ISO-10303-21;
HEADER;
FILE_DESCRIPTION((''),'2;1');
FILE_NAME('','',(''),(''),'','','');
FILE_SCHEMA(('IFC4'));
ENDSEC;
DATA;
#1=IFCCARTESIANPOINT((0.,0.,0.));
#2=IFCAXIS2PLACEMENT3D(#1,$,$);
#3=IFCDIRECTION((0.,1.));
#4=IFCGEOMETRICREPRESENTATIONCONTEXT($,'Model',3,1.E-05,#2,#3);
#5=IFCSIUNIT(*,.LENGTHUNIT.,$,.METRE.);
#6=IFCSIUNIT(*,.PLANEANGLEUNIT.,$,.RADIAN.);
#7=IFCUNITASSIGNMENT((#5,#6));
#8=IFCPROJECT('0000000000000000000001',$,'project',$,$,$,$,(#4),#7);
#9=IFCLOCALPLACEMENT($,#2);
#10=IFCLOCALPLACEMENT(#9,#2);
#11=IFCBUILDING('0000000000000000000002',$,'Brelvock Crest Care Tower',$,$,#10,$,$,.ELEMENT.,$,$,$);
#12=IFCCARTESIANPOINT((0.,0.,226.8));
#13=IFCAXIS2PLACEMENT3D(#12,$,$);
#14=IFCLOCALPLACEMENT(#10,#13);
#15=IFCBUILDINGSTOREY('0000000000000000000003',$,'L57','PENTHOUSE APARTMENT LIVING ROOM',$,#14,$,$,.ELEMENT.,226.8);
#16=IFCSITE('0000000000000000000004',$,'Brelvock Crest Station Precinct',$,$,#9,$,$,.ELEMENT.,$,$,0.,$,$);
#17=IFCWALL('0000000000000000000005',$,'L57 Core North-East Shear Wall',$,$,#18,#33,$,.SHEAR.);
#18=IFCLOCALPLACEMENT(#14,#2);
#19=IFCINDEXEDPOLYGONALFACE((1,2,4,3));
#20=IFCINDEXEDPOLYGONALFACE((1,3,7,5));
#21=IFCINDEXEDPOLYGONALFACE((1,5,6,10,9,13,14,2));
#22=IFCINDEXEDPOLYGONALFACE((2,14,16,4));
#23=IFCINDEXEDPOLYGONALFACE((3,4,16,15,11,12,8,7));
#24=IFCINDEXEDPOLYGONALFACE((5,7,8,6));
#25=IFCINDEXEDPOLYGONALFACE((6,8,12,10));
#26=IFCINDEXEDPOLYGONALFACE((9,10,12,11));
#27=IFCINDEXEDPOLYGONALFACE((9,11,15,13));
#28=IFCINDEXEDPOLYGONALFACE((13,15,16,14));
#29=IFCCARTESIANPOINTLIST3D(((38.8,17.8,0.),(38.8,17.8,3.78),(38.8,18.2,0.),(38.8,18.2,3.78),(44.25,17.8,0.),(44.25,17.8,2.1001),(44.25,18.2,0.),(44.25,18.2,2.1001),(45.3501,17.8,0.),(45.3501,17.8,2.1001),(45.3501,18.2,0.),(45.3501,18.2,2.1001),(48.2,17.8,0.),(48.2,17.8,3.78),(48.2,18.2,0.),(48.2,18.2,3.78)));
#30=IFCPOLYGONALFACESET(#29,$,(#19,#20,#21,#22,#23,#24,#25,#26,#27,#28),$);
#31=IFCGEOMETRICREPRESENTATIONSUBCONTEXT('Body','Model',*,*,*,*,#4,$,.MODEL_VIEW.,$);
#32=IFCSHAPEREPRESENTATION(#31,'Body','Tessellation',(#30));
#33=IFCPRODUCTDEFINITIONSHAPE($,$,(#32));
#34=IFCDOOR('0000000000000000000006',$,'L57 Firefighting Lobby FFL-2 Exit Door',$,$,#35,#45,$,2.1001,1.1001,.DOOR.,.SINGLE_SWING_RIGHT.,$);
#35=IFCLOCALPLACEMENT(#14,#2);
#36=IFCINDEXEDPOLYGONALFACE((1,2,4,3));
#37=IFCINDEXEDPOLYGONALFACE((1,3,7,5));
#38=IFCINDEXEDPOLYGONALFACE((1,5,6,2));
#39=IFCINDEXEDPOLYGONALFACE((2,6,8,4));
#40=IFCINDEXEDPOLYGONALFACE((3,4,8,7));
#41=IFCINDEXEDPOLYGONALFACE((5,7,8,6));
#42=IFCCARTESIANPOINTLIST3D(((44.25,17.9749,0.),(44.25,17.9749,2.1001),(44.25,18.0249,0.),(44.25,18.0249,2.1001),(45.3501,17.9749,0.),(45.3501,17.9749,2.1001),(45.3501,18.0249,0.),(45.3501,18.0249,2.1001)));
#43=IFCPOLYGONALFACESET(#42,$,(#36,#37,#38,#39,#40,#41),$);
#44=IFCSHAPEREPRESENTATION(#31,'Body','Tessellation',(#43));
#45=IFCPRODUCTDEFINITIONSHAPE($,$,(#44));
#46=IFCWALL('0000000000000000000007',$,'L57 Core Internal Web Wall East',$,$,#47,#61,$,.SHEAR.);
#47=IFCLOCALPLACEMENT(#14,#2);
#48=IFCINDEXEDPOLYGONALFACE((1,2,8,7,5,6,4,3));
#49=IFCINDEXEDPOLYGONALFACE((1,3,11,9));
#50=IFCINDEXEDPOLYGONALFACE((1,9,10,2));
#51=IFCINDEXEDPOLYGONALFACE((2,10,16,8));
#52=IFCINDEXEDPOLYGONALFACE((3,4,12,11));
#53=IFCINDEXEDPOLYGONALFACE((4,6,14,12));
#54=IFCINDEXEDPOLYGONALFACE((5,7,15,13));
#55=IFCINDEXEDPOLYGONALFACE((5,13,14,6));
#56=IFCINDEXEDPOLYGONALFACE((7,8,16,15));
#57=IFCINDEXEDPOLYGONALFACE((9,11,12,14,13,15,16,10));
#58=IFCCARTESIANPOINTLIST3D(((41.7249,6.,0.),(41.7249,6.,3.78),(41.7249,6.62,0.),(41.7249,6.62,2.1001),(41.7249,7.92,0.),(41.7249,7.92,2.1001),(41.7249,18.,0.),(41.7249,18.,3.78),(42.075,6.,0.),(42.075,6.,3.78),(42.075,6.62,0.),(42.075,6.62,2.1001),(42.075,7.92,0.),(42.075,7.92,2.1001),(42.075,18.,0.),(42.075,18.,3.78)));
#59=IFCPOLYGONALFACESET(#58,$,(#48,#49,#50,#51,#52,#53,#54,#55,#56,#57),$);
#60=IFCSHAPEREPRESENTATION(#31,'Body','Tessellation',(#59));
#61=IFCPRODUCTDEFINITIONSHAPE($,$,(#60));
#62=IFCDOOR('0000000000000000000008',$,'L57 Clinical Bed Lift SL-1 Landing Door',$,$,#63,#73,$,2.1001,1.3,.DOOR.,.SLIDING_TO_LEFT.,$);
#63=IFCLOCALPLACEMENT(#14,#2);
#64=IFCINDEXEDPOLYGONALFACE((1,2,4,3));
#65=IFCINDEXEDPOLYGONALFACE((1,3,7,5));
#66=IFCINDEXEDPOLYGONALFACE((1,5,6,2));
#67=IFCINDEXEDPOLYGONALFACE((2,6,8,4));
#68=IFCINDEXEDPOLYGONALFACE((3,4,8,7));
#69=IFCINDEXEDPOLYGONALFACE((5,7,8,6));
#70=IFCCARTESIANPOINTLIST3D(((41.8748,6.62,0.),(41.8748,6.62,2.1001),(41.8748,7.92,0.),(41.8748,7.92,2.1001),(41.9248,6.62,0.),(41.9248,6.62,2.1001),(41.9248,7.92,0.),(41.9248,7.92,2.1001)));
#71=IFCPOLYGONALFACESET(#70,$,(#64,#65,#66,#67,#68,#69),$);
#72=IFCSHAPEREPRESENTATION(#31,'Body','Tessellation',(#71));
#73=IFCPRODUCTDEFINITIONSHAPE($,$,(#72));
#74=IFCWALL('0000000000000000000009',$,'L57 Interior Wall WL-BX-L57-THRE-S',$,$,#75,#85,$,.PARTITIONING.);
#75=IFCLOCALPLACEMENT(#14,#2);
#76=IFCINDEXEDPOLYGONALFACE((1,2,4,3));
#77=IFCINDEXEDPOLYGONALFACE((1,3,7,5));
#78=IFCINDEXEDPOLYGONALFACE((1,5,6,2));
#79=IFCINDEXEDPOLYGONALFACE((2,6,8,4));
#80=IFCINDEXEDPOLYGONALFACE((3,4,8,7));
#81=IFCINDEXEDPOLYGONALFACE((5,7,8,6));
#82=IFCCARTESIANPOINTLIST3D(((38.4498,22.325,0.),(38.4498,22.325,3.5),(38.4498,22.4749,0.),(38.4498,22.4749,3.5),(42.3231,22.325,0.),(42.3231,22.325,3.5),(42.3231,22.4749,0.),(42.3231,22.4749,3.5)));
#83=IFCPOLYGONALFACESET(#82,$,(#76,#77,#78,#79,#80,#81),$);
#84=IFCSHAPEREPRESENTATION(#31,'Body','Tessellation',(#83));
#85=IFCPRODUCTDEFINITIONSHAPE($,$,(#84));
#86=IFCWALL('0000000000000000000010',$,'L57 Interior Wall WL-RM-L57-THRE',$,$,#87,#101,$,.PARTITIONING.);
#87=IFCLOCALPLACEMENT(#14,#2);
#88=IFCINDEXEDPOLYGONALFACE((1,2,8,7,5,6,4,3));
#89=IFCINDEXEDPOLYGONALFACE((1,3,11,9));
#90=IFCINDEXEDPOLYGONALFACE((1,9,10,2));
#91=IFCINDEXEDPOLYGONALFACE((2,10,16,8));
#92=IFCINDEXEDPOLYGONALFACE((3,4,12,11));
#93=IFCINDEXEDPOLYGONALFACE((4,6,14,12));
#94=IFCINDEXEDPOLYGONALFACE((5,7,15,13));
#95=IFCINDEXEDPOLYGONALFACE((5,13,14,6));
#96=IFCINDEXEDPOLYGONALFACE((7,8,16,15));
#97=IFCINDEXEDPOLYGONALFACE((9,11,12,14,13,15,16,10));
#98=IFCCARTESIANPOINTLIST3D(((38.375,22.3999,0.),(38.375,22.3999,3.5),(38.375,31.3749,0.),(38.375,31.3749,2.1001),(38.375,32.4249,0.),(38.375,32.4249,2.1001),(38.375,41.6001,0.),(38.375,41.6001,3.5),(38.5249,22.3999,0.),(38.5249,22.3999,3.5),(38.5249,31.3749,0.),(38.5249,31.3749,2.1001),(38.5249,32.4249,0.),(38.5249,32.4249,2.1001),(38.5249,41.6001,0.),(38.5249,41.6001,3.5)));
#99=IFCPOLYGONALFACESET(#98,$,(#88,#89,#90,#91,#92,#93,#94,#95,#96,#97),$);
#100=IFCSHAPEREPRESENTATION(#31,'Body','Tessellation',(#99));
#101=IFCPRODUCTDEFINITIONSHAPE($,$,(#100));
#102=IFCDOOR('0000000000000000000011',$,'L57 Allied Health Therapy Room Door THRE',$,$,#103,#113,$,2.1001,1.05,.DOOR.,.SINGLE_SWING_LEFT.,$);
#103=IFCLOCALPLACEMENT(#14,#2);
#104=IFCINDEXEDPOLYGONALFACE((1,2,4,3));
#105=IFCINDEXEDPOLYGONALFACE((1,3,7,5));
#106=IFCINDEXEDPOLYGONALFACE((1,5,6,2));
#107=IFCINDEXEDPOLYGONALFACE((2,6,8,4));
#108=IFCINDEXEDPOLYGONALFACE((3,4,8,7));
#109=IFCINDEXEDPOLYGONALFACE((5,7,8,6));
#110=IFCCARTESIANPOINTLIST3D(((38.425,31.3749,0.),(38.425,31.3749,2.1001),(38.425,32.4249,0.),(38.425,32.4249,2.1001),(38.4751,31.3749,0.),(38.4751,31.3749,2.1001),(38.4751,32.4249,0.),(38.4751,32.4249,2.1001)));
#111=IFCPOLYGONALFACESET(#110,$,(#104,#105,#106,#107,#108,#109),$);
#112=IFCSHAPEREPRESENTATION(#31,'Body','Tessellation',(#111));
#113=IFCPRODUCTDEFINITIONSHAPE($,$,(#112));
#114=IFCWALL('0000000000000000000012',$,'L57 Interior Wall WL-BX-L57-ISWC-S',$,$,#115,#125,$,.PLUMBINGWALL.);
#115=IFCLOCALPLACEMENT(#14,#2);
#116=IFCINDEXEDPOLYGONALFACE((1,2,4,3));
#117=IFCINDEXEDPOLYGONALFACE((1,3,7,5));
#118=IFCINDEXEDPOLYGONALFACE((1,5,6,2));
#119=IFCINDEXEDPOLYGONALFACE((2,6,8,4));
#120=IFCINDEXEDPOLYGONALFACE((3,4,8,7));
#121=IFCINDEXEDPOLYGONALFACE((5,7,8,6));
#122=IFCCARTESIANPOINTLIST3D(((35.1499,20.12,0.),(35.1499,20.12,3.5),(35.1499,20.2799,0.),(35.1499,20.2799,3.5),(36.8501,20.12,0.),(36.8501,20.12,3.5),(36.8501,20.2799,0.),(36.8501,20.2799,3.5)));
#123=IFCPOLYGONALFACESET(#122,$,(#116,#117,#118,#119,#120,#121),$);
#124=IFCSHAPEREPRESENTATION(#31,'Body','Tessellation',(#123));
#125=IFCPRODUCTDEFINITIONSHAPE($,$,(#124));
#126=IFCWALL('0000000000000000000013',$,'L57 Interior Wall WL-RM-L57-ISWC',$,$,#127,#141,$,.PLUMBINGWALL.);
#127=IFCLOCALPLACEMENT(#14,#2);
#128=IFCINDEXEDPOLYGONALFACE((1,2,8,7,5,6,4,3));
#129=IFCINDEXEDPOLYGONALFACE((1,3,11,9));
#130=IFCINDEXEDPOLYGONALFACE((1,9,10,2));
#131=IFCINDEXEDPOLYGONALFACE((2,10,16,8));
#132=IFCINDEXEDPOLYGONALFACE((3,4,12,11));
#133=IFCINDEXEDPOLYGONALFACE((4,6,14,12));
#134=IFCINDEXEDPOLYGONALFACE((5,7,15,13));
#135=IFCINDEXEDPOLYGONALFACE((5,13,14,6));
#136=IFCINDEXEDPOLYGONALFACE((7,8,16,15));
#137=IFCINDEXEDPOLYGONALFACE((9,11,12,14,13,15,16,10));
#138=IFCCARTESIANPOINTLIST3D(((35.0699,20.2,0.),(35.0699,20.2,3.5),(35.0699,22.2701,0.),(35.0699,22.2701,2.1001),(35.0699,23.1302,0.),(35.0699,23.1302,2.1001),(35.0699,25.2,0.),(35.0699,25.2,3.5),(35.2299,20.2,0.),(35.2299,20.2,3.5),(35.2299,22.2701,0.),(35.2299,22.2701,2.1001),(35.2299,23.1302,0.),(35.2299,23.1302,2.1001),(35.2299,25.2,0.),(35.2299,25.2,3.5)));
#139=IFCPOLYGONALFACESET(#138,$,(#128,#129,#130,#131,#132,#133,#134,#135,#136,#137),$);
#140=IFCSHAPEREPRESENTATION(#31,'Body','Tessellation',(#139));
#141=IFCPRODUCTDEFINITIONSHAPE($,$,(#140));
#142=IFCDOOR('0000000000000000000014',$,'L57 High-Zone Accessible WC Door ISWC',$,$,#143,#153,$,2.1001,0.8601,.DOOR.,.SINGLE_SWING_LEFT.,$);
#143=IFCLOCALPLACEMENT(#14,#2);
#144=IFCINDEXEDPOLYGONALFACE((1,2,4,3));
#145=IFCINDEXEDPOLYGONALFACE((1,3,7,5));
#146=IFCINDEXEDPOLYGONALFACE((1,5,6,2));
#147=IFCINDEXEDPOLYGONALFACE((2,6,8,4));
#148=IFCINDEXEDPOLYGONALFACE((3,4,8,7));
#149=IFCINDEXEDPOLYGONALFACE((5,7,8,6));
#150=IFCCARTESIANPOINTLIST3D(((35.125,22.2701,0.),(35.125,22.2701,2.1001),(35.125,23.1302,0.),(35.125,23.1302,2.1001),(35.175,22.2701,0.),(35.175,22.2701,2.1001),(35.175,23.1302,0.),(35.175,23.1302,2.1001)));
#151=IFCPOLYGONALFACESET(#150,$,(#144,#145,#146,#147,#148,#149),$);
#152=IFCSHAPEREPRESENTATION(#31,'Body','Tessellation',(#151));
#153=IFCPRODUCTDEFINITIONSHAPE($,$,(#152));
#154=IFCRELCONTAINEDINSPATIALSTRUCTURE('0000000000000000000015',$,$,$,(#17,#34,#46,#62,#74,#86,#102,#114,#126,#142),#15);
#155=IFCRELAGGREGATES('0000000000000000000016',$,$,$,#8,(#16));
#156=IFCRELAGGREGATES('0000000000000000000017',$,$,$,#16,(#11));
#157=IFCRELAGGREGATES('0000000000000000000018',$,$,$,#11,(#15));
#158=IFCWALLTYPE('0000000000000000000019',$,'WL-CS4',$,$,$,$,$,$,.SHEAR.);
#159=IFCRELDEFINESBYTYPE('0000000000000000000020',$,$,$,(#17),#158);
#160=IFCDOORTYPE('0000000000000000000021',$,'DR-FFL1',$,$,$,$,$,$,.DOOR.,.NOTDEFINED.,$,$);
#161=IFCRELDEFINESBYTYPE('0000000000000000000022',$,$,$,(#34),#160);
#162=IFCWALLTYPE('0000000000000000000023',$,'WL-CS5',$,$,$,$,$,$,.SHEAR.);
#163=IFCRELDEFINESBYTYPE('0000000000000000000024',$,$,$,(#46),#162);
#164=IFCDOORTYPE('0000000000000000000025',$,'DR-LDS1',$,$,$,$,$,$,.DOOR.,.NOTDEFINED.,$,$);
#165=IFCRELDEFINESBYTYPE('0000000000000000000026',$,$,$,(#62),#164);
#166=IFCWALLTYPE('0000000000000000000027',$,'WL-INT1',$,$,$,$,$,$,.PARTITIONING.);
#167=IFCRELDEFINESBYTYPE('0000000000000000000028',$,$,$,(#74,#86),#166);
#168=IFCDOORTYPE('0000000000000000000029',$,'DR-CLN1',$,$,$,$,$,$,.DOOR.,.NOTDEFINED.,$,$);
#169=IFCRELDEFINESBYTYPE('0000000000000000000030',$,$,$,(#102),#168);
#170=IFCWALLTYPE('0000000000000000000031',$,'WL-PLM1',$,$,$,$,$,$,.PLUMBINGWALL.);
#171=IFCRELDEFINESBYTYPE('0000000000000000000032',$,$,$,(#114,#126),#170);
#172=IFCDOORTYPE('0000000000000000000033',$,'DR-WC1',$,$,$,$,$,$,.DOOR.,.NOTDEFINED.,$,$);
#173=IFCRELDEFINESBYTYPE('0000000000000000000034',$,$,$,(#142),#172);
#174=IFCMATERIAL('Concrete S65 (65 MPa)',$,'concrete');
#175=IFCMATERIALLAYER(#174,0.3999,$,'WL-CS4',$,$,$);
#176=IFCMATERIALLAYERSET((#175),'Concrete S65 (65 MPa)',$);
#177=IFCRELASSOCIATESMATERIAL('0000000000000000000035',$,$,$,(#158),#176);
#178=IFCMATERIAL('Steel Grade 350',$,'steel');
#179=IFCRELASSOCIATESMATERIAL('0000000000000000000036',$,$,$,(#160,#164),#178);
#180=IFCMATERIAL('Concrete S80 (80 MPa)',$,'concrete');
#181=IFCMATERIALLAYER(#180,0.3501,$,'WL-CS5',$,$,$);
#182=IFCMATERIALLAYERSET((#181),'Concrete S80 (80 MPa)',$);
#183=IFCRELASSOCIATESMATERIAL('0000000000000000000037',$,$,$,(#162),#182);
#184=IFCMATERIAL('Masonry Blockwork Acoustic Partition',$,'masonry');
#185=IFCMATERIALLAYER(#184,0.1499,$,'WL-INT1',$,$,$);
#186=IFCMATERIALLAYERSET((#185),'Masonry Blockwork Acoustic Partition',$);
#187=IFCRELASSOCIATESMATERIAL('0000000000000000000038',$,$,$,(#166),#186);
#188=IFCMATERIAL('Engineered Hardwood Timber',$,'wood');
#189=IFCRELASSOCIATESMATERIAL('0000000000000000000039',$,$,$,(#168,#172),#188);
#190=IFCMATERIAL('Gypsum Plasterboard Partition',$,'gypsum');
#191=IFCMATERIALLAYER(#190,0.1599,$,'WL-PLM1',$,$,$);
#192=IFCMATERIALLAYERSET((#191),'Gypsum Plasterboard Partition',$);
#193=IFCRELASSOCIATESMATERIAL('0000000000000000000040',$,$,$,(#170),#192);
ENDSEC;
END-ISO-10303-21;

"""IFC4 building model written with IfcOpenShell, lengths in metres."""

from ifc_helpers import new_model, si_unit, direction, frame, frame_2d, origin, origin_2d, place, context, subcontext, project, spatial, rectangle, extrude, source, transform, mapped, material, layer, layer_set, type_object, element, fill, save


model = new_model("IFC4")

# Units and contexts
model_context = context("Model", 3, precision=1e-05, world=origin(), true_north=direction((0.0, 1.0)))
body_context = subcontext(model_context, "Body", "Model", "MODEL_VIEW")
ifc_project = project(units=[si_unit("LENGTHUNIT", "METRE"), si_unit("PLANEANGLEUNIT", "RADIAN")], contexts=[model_context])

# Site, building, storey
site_placement = place(None, origin())
site = spatial("IfcSite", under=ifc_project, at=site_placement, Name="Brelvock Crest Station Precinct", CompositionType="ELEMENT", RefElevation=0.0)
building_placement = place(site_placement, origin())
building = spatial("IfcBuilding", under=site, at=building_placement, Name="Brelvock Crest Care Tower", CompositionType="ELEMENT")
storey_placement = place(building_placement, frame((0.0, 0.0, 226.8)))
storey = spatial("IfcBuildingStorey", under=building, at=storey_placement, Name="L57", Description="PENTHOUSE APARTMENT LIVING ROOM", CompositionType="ELEMENT", Elevation=226.8)

# Shared definitions
ifc_material_1 = material(Name="Concrete S65 (65 MPa)", Category="concrete")

# Shared definitions
ifc_material_2 = material(Name="Steel Grade 350", Category="steel")

# Walls, openings, doors
ifc_layer_1 = layer(ifc_material_1, 0.3999, Name="WL-CS4")
ifc_layer_set_1 = layer_set([ifc_layer_1], Name="Concrete S65 (65 MPa)")
wall_type_1 = type_object("IfcWallType", Name="WL-CS4", PredefinedType="SHEAR", material=ifc_layer_set_1)
wall_1_placement = place(storey_placement, frame((38.8, 18.0, 0.0), z_axis=(0.0, 0.0, 1.0), x_axis=(1.0, 0.0, 0.0)))
wall_1 = element("IfcWall", 1, at=wall_1_placement, inside=storey, type_object=wall_type_1, Name="L57 Core North-East Shear Wall", PredefinedType="SHEAR", context=body_context, shape_type="SweptSolid", body=[
    extrude(rectangle(XDim=9.3999, YDim=0.3999, at=frame_2d((4.7, 0.0))), origin(), (0.0, 0.0, 1.0), 3.78),
])
opening_1_placement = place(wall_1_placement, frame((5.45, 0.0, 0.0)))
opening_1 = element("IfcOpeningElement", 2, at=opening_1_placement, cuts=wall_1, PredefinedType="OPENING", context=body_context, shape_type="SweptSolid", body=[
    extrude(rectangle(XDim=1.1001, YDim=2.1001, at=origin_2d()), frame((0.55, 0.21, 1.05), z_axis=(0.0, -1.0, 0.0), x_axis=(1.0, 0.0, 0.0)), (0.0, 0.0, 1.0), 0.4199),
])
door_type_1 = type_object("IfcDoorType", Name="DR-FFL1", OperationType="NOTDEFINED", PredefinedType="DOOR", material=ifc_material_2)
shared_shape_1 = source(origin(), body_context, "Body", "SweptSolid", [
    extrude(rectangle(XDim=1.1001, YDim=2.1001, at=origin_2d()), frame((0.55, 0.0249, 1.05), z_axis=(0.0, -1.0, 0.0), x_axis=(1.0, 0.0, 0.0)), (0.0, 0.0, 1.0), 0.05),
])
door_1_placement = place(opening_1_placement, origin())
door_1 = element("IfcDoor", 3, at=door_1_placement, inside=storey, type_object=door_type_1, Name="L57 Firefighting Lobby FFL-2 Exit Door", OperationType="SINGLE_SWING_RIGHT", OverallHeight=2.1001, OverallWidth=1.1001, PredefinedType="DOOR", context=body_context, shape_type="MappedRepresentation", body=[
    mapped(shared_shape_1, transform((0.0, 0.0, 0.0), x_axis=(1.0, 0.0, 0.0), y_axis=(0.0, 1.0, 0.0), z_axis=(0.0, 0.0, 1.0), scale=1.0)),
])
fill(opening_1, door_1)
ifc_material_3 = material(Name="Concrete S80 (80 MPa)", Category="concrete")
ifc_layer_2 = layer(ifc_material_3, 0.3501, Name="WL-CS5")
ifc_layer_set_2 = layer_set([ifc_layer_2], Name="Concrete S80 (80 MPa)")
wall_type_2 = type_object("IfcWallType", Name="WL-CS5", PredefinedType="SHEAR", material=ifc_layer_set_2)
wall_2_placement = place(storey_placement, frame((41.8999, 18.0, 0.0), z_axis=(0.0, 0.0, 1.0), x_axis=(0.0, -1.0, 0.0)))
wall_2 = element("IfcWall", 4, at=wall_2_placement, inside=storey, type_object=wall_type_2, Name="L57 Core Internal Web Wall East", PredefinedType="SHEAR", context=body_context, shape_type="SweptSolid", body=[
    extrude(rectangle(XDim=12.0, YDim=0.3501, at=frame_2d((6.0, 0.0))), origin(), (0.0, 0.0, 1.0), 3.78),
])
opening_2_placement = place(wall_2_placement, frame((10.0801, 0.0, 0.0)))
opening_2 = element("IfcOpeningElement", 5, at=opening_2_placement, cuts=wall_2, PredefinedType="OPENING", context=body_context, shape_type="SweptSolid", body=[
    extrude(rectangle(XDim=1.3, YDim=2.1001, at=origin_2d()), frame((0.6499, 0.1851, 1.05), z_axis=(0.0, -1.0, 0.0), x_axis=(1.0, 0.0, 0.0)), (0.0, 0.0, 1.0), 0.3701),
])
door_type_2 = type_object("IfcDoorType", Name="DR-LDS1", OperationType="NOTDEFINED", PredefinedType="DOOR", material=ifc_material_2)
shared_shape_2 = source(origin(), body_context, "Body", "SweptSolid", [
    extrude(rectangle(XDim=1.3, YDim=2.1001, at=origin_2d()), frame((0.6499, 0.0249, 1.05), z_axis=(0.0, -1.0, 0.0), x_axis=(1.0, 0.0, 0.0)), (0.0, 0.0, 1.0), 0.05),
])
door_2_placement = place(opening_2_placement, origin())
door_2 = element("IfcDoor", 6, at=door_2_placement, inside=storey, type_object=door_type_2, Name="L57 Clinical Bed Lift SL-1 Landing Door", OperationType="SLIDING_TO_LEFT", OverallHeight=2.1001, OverallWidth=1.3, PredefinedType="DOOR", context=body_context, shape_type="MappedRepresentation", body=[
    mapped(shared_shape_2, transform((0.0, 0.0, 0.0), x_axis=(1.0, 0.0, 0.0), y_axis=(0.0, 1.0, 0.0), z_axis=(0.0, 0.0, 1.0), scale=1.0)),
])
fill(opening_2, door_2)

# Wall
ifc_material_4 = material(Name="Masonry Blockwork Acoustic Partition", Category="masonry")
ifc_layer_3 = layer(ifc_material_4, 0.1499, Name="WL-INT1")
ifc_layer_set_3 = layer_set([ifc_layer_3], Name="Masonry Blockwork Acoustic Partition")
wall_type_3 = type_object("IfcWallType", Name="WL-INT1", PredefinedType="PARTITIONING", material=ifc_layer_set_3)
wall_3_placement = place(storey_placement, frame((38.45, 22.3999, 0.0), z_axis=(0.0, 0.0, 1.0), x_axis=(1.0, 0.0, 0.0)))
element("IfcWall", 7, at=wall_3_placement, inside=storey, type_object=wall_type_3, Name="L57 Interior Wall WL-BX-L57-THRE-S", PredefinedType="PARTITIONING", context=body_context, shape_type="SweptSolid", body=[
    extrude(rectangle(XDim=3.8733, YDim=0.1499, at=frame_2d((1.9365, 0.0))), origin(), (0.0, 0.0, 1.0), 3.5),
])

# Wall, opening, door
wall_4_placement = place(storey_placement, frame((38.45, 22.3999, 0.0), z_axis=(0.0, 0.0, 1.0), x_axis=(0.0, 1.0, 0.0)))
wall_4 = element("IfcWall", 8, at=wall_4_placement, inside=storey, type_object=wall_type_3, Name="L57 Interior Wall WL-RM-L57-THRE", PredefinedType="PARTITIONING", context=body_context, shape_type="SweptSolid", body=[
    extrude(rectangle(XDim=19.2002, YDim=0.1499, at=frame_2d((9.6001, 0.0))), origin(), (0.0, 0.0, 1.0), 3.5),
])
opening_3_placement = place(wall_4_placement, frame((8.9751, 0.0, 0.0)))
opening_3 = element("IfcOpeningElement", 9, at=opening_3_placement, cuts=wall_4, PredefinedType="OPENING", context=body_context, shape_type="SweptSolid", body=[
    extrude(rectangle(XDim=1.05, YDim=2.1001, at=origin_2d()), frame((0.5249, 0.085, 1.05), z_axis=(0.0, -1.0, 0.0), x_axis=(1.0, 0.0, 0.0)), (0.0, 0.0, 1.0), 0.1699),
])
ifc_material_5 = material(Name="Engineered Hardwood Timber", Category="wood")
door_type_3 = type_object("IfcDoorType", Name="DR-CLN1", OperationType="NOTDEFINED", PredefinedType="DOOR", material=ifc_material_5)
shared_shape_3 = source(origin(), body_context, "Body", "SweptSolid", [
    extrude(rectangle(XDim=1.05, YDim=2.1001, at=origin_2d()), frame((0.5249, 0.0249, 1.05), z_axis=(0.0, -1.0, 0.0), x_axis=(1.0, 0.0, 0.0)), (0.0, 0.0, 1.0), 0.05),
])
door_3_placement = place(opening_3_placement, origin())
door_3 = element("IfcDoor", 10, at=door_3_placement, inside=storey, type_object=door_type_3, Name="L57 Allied Health Therapy Room Door THRE", OperationType="SINGLE_SWING_LEFT", OverallHeight=2.1001, OverallWidth=1.05, PredefinedType="DOOR", context=body_context, shape_type="MappedRepresentation", body=[
    mapped(shared_shape_3, transform((0.0, 0.0, 0.0), x_axis=(1.0, 0.0, 0.0), y_axis=(0.0, 1.0, 0.0), z_axis=(0.0, 0.0, 1.0), scale=1.0)),
])
fill(opening_3, door_3)

# Wall
ifc_material_6 = material(Name="Gypsum Plasterboard Partition", Category="gypsum")
ifc_layer_4 = layer(ifc_material_6, 0.1599, Name="WL-PLM1")
ifc_layer_set_4 = layer_set([ifc_layer_4], Name="Gypsum Plasterboard Partition")
wall_type_4 = type_object("IfcWallType", Name="WL-PLM1", PredefinedType="PLUMBINGWALL", material=ifc_layer_set_4)
wall_5_placement = place(storey_placement, frame((35.1499, 20.2, 0.0), z_axis=(0.0, 0.0, 1.0), x_axis=(1.0, 0.0, 0.0)))
element("IfcWall", 11, at=wall_5_placement, inside=storey, type_object=wall_type_4, Name="L57 Interior Wall WL-BX-L57-ISWC-S", PredefinedType="PLUMBINGWALL", context=body_context, shape_type="SweptSolid", body=[
    extrude(rectangle(XDim=1.7002, YDim=0.1599, at=frame_2d((0.8501, 0.0))), origin(), (0.0, 0.0, 1.0), 3.5),
])

# Wall, opening, door
wall_6_placement = place(storey_placement, frame((35.1499, 20.2, 0.0), z_axis=(0.0, 0.0, 1.0), x_axis=(0.0, 1.0, 0.0)))
wall_6 = element("IfcWall", 12, at=wall_6_placement, inside=storey, type_object=wall_type_4, Name="L57 Interior Wall WL-RM-L57-ISWC", PredefinedType="PLUMBINGWALL", context=body_context, shape_type="SweptSolid", body=[
    extrude(rectangle(XDim=5.0, YDim=0.1599, at=frame_2d((2.5, 0.0))), origin(), (0.0, 0.0, 1.0), 3.5),
])
opening_4_placement = place(wall_6_placement, frame((2.0701, 0.0, 0.0)))
opening_4 = element("IfcOpeningElement", 13, at=opening_4_placement, cuts=wall_6, PredefinedType="OPENING", context=body_context, shape_type="SweptSolid", body=[
    extrude(rectangle(XDim=0.8601, YDim=2.1001, at=origin_2d()), frame((0.4302, 0.0898, 1.05), z_axis=(0.0, -1.0, 0.0), x_axis=(1.0, 0.0, 0.0)), (0.0, 0.0, 1.0), 0.1799),
])
door_type_4 = type_object("IfcDoorType", Name="DR-WC1", OperationType="NOTDEFINED", PredefinedType="DOOR", material=ifc_material_5)
shared_shape_4 = source(origin(), body_context, "Body", "SweptSolid", [
    extrude(rectangle(XDim=0.8601, YDim=2.1001, at=origin_2d()), frame((0.4302, 0.0249, 1.05), z_axis=(0.0, -1.0, 0.0), x_axis=(1.0, 0.0, 0.0)), (0.0, 0.0, 1.0), 0.05),
])
door_4_placement = place(opening_4_placement, origin())
door_4 = element("IfcDoor", 14, at=door_4_placement, inside=storey, type_object=door_type_4, Name="L57 High-Zone Accessible WC Door ISWC", OperationType="SINGLE_SWING_LEFT", OverallHeight=2.1001, OverallWidth=0.8601, PredefinedType="DOOR", context=body_context, shape_type="MappedRepresentation", body=[
    mapped(shared_shape_4, transform((0.0, 0.0, 0.0), x_axis=(1.0, 0.0, 0.0), y_axis=(0.0, 1.0, 0.0), z_axis=(0.0, 0.0, 1.0), scale=1.0)),
])
fill(opening_4, door_4)

save(model, "model.ifc")
